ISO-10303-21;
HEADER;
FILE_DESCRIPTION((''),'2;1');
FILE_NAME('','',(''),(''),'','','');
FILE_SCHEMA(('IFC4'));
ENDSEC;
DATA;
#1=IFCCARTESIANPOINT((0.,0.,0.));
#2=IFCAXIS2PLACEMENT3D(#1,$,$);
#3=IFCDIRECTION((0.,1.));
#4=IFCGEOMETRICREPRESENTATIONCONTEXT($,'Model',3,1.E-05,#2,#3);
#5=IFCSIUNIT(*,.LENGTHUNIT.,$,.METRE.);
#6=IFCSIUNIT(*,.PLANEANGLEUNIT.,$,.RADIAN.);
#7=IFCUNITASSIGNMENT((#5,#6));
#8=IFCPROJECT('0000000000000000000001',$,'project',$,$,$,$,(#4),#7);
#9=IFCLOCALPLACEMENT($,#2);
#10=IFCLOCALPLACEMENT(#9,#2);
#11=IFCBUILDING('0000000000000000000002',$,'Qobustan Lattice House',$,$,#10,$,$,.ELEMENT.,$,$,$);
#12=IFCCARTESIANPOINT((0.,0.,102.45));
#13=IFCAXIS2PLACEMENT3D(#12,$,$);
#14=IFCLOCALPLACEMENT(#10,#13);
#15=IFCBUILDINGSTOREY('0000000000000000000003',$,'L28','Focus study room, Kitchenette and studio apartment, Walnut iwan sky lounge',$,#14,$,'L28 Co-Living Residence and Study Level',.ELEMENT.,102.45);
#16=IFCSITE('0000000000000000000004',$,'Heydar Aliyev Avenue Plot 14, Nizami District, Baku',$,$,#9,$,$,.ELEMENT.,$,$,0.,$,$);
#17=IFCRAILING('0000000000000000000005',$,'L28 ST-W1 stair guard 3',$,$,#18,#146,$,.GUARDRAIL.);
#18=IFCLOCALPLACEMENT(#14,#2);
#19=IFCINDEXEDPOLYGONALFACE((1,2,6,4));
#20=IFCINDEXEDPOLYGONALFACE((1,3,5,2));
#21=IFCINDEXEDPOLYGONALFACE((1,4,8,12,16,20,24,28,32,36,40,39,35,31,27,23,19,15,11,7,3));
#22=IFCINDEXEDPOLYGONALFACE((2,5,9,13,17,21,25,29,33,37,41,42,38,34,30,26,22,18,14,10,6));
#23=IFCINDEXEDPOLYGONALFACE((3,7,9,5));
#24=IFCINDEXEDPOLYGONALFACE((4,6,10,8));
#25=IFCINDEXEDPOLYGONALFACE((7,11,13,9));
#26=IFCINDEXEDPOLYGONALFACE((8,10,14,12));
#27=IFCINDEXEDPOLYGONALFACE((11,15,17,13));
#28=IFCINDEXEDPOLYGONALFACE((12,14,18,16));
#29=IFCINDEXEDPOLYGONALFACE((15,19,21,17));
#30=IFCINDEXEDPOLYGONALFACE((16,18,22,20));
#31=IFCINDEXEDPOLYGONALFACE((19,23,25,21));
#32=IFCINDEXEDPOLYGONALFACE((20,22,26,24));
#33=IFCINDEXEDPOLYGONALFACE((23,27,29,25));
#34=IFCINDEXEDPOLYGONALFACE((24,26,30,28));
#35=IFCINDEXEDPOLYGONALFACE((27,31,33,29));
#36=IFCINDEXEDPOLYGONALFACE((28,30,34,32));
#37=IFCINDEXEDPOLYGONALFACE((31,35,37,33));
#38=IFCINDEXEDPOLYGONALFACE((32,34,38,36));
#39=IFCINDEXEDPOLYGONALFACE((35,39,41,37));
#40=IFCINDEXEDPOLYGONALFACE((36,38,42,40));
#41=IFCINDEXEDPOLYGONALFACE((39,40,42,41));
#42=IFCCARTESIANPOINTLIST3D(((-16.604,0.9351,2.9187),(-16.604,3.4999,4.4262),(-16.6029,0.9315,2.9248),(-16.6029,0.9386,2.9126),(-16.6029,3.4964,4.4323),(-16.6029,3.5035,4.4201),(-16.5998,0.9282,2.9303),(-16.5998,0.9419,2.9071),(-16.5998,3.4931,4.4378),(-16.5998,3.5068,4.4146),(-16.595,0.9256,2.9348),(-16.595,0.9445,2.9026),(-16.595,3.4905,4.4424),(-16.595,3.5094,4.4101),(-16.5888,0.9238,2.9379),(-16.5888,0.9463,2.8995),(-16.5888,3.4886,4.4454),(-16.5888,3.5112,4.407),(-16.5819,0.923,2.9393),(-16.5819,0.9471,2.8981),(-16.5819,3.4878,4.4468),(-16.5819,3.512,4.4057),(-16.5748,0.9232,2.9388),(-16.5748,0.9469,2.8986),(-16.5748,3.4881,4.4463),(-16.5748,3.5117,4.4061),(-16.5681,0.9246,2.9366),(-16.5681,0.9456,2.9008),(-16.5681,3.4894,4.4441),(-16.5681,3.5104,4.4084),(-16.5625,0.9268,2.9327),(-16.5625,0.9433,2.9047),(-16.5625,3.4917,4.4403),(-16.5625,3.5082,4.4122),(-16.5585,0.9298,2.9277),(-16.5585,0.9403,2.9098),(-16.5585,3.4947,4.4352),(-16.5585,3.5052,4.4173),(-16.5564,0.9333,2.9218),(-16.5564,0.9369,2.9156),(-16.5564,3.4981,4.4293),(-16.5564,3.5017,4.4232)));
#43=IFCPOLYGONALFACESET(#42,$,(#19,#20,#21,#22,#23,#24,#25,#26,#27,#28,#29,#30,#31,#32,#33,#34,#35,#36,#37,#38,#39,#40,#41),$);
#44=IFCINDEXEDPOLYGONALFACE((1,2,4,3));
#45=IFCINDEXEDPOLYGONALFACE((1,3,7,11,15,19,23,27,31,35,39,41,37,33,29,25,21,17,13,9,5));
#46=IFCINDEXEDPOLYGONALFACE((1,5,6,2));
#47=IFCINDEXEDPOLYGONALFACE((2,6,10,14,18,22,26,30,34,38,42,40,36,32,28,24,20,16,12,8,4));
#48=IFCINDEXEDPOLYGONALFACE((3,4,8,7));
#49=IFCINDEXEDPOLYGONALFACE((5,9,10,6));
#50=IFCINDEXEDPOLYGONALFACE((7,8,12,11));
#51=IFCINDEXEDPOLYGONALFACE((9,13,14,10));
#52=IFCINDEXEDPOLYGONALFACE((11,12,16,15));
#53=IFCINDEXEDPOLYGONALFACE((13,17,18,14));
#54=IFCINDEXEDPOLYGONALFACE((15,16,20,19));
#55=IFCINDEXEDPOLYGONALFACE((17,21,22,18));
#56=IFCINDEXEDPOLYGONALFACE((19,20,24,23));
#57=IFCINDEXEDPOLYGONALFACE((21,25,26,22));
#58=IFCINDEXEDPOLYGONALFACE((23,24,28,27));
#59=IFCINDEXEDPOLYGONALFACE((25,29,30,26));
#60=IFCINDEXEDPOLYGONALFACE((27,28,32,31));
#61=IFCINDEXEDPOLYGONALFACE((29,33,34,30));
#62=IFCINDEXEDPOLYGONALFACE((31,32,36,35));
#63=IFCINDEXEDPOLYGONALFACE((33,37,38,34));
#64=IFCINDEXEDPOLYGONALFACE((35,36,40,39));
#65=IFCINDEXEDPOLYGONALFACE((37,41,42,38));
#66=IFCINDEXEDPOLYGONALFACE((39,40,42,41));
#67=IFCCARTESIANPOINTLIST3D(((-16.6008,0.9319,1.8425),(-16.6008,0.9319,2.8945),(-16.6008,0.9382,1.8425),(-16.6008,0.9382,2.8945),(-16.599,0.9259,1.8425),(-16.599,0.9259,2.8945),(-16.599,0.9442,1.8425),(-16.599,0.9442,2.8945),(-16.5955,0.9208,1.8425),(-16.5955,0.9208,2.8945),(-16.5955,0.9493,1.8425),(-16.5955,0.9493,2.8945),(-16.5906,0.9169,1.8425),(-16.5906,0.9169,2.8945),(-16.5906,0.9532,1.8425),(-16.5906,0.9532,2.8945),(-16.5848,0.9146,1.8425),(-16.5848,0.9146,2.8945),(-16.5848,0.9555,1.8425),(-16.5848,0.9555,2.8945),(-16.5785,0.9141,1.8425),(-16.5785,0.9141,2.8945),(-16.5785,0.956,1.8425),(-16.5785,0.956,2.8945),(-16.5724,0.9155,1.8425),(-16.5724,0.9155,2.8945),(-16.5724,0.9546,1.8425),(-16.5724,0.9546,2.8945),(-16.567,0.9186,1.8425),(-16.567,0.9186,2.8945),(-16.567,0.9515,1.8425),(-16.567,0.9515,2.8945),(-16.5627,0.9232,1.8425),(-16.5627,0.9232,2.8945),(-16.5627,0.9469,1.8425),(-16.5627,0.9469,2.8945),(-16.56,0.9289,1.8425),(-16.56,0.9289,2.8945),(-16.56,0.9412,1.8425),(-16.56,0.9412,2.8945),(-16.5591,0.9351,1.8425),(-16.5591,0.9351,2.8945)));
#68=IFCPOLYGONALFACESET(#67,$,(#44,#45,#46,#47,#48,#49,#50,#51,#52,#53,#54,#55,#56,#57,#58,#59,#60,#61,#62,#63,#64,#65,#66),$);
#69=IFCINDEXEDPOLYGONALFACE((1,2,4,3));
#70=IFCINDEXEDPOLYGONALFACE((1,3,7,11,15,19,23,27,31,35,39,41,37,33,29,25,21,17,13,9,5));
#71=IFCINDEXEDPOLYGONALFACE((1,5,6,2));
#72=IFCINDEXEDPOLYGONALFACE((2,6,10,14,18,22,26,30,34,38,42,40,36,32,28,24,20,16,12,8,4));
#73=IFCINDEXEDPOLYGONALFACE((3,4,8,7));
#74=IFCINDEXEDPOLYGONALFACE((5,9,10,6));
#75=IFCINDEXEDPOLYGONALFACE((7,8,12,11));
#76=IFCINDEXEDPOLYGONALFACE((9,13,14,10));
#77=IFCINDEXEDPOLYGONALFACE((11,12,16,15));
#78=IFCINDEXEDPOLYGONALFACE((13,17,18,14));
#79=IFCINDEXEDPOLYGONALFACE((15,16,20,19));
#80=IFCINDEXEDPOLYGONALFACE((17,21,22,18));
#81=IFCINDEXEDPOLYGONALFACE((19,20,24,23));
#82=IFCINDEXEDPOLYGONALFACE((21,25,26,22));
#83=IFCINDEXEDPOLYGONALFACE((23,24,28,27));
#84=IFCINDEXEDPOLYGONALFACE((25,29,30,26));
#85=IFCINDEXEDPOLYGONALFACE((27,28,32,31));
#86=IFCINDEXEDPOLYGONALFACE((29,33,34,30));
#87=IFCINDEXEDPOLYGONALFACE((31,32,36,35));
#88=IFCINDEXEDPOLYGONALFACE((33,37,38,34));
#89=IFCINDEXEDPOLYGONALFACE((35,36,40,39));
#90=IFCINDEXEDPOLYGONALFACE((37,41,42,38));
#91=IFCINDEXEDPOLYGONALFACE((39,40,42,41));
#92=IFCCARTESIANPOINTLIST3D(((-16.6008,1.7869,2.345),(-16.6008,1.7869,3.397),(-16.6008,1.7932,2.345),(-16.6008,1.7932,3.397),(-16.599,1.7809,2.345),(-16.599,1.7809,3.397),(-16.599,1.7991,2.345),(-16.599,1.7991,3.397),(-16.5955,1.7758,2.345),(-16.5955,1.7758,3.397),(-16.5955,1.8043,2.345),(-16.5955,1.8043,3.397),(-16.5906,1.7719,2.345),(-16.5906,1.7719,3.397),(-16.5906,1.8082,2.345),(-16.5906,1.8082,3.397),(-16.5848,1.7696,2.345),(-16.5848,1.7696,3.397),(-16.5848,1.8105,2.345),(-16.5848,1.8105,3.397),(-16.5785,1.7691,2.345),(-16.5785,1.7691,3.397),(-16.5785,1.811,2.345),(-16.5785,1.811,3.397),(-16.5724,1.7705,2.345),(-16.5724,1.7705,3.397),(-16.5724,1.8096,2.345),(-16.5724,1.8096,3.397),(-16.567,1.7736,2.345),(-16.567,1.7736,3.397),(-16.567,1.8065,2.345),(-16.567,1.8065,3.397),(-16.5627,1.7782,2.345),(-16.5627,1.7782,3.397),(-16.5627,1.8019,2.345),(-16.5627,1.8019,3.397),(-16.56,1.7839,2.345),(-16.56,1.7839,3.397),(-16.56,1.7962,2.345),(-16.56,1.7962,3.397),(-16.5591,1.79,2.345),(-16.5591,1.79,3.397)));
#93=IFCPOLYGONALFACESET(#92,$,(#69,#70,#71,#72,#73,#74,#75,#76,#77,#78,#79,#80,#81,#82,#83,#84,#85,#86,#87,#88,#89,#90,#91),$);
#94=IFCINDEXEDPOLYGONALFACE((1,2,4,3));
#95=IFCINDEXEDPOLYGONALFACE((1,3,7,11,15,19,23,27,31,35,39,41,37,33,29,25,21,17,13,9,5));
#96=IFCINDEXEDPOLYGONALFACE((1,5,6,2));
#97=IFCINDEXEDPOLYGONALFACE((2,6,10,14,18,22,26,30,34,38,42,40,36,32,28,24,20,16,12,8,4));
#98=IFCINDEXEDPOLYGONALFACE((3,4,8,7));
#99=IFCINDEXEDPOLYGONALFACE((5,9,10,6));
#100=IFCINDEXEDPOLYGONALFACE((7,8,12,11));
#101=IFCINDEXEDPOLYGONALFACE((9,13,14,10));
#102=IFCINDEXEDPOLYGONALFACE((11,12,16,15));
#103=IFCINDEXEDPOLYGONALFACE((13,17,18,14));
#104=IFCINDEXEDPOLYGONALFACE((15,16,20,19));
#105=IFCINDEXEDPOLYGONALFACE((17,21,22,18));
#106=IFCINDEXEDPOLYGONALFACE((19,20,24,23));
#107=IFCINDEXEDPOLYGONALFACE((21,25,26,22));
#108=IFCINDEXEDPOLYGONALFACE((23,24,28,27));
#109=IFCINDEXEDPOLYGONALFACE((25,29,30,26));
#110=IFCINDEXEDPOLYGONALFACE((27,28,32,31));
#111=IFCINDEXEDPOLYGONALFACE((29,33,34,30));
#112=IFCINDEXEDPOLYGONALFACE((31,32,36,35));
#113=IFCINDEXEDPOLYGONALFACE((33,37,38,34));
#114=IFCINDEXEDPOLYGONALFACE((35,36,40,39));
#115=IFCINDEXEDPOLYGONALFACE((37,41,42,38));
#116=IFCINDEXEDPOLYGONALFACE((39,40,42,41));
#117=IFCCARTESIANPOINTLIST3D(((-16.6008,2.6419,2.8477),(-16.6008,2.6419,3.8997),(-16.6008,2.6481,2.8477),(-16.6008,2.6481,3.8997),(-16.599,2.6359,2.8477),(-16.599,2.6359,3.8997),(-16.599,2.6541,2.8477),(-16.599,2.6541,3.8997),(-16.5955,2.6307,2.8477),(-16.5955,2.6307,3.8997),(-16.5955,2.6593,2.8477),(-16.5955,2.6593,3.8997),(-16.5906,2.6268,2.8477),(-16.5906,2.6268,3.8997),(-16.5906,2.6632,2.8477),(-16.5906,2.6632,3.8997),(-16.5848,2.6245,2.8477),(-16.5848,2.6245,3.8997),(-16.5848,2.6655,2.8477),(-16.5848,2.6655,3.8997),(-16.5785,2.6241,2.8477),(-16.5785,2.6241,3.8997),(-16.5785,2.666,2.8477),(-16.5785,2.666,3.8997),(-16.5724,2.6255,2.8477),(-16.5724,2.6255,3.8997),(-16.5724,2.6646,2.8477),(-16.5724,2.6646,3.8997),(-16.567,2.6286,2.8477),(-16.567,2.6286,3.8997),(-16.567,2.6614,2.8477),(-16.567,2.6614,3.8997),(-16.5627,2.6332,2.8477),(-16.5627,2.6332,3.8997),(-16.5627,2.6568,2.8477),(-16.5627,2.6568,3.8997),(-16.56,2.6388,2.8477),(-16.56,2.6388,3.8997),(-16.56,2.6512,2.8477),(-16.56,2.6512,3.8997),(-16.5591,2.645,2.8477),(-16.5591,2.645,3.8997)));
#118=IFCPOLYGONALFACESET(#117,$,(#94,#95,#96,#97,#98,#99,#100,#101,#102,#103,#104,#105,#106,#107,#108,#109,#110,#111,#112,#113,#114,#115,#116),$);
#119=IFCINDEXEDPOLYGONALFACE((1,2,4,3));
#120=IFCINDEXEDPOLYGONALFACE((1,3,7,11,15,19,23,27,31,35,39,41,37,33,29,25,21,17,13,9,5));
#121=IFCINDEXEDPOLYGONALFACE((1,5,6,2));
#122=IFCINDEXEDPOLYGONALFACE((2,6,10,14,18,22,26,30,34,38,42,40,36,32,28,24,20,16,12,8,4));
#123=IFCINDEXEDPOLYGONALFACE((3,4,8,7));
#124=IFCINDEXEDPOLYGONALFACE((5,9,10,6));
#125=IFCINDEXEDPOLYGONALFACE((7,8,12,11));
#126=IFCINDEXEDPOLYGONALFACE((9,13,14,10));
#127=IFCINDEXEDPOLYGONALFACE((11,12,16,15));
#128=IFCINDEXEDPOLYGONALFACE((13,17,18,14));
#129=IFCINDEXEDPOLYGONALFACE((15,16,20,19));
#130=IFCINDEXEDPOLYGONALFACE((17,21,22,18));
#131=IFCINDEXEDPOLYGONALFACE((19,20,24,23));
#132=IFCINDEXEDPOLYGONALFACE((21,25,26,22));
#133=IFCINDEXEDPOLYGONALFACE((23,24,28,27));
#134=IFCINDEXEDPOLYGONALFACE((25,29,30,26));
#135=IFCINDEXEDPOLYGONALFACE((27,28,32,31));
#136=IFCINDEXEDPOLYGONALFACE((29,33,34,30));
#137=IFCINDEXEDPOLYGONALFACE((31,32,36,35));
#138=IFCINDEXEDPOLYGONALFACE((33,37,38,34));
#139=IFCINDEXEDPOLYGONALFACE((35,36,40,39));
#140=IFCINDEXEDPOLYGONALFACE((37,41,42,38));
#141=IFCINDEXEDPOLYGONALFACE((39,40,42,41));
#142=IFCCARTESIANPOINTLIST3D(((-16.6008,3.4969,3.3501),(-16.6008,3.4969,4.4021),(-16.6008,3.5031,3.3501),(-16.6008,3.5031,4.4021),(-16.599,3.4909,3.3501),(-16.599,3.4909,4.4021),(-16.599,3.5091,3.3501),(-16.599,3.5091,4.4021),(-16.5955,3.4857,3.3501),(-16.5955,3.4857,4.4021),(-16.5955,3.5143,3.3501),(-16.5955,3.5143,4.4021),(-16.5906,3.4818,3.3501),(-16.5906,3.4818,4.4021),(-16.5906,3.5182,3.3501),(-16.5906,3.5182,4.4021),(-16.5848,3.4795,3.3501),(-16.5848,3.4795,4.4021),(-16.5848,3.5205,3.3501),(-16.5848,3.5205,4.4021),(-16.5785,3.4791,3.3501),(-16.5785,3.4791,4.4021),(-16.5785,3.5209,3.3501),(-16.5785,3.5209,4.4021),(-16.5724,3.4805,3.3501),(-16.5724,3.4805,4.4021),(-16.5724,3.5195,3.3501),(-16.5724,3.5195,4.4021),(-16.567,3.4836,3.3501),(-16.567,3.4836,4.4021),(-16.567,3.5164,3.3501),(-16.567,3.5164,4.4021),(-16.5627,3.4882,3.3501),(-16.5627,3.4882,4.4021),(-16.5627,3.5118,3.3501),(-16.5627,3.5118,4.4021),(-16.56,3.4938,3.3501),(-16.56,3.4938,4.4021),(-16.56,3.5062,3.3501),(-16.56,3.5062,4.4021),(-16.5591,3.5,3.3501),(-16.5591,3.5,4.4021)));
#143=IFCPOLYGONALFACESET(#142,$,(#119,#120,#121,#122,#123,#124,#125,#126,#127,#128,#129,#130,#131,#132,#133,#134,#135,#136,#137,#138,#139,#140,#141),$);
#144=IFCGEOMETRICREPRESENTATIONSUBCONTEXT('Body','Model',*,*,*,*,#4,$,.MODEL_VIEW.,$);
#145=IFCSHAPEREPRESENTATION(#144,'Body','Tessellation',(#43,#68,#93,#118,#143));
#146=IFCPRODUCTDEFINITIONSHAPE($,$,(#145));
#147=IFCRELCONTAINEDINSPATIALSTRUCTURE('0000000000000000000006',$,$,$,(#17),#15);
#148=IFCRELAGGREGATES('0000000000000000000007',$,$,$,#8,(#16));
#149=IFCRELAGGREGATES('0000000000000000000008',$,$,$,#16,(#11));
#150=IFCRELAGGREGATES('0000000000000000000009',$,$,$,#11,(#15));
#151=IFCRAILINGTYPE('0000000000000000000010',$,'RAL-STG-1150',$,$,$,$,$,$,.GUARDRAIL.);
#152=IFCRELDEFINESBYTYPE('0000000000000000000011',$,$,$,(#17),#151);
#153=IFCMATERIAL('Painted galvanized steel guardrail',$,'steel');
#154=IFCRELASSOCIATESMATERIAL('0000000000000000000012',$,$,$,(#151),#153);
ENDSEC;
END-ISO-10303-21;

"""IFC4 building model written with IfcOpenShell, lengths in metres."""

from ifc_helpers import new_model, si_unit, direction, frame, origin, origin_2d, place, context, subcontext, project, spatial, circle, extrude, material, type_object, element, save


model = new_model("IFC4")

# Units and contexts
model_context = context("Model", 3, precision=1e-05, world=origin(), true_north=direction((0.0, 1.0)))
body_context = subcontext(model_context, "Body", "Model", "MODEL_VIEW")
ifc_project = project(units=[si_unit("LENGTHUNIT", "METRE"), si_unit("PLANEANGLEUNIT", "RADIAN")], contexts=[model_context])

# Site, building, storey
site_placement = place(None, origin())
site = spatial("IfcSite", under=ifc_project, at=site_placement, Name="Heydar Aliyev Avenue Plot 14, Nizami District, Baku", CompositionType="ELEMENT", RefElevation=0.0)
building_placement = place(site_placement, origin())
building = spatial("IfcBuilding", under=site, at=building_placement, Name="Qobustan Lattice House", CompositionType="ELEMENT")
storey_placement = place(building_placement, frame((0.0, 0.0, 102.45)))
storey = spatial("IfcBuildingStorey", under=building, at=storey_placement, Name="L28", Description="Focus study room, Kitchenette and studio apartment, Walnut iwan sky lounge", LongName="L28 Co-Living Residence and Study Level", CompositionType="ELEMENT", Elevation=102.45)

# Railing
ifc_material_1 = material(Name="Painted galvanized steel guardrail", Category="steel")
railing_type_1 = type_object("IfcRailingType", Name="RAL-STG-1150", PredefinedType="GUARDRAIL", material=ifc_material_1)
railing_1_placement = place(storey_placement, frame((-16.5801, 0.9351, 1.8425)))
element("IfcRailing", 1, at=railing_1_placement, inside=storey, type_object=railing_type_1, Name="L28 ST-W1 stair guard 3", PredefinedType="GUARDRAIL", context=body_context, shape_type="SweptSolid", body=[
    extrude(circle(Radius=0.0239, at=origin_2d()), frame((0.0, 0.0, 1.0762), z_axis=(0.0, 0.862113, 0.506715), x_axis=(-1.0, 0.0, 0.0)), (0.0, 0.0, 1.0), 2.9751),
    extrude(circle(Radius=0.021, at=origin_2d()), origin(), (0.0, 0.0, 1.0), 1.052),
    extrude(circle(Radius=0.021, at=origin_2d()), frame((0.0, 0.855, 0.5024)), (0.0, 0.0, 1.0), 1.052),
    extrude(circle(Radius=0.021, at=origin_2d()), frame((0.0, 1.71, 1.0051)), (0.0, 0.0, 1.0), 1.052),
    extrude(circle(Radius=0.021, at=origin_2d()), frame((0.0, 2.5649, 1.5076)), (0.0, 0.0, 1.0), 1.052),
])

save(model, "model.ifc")
